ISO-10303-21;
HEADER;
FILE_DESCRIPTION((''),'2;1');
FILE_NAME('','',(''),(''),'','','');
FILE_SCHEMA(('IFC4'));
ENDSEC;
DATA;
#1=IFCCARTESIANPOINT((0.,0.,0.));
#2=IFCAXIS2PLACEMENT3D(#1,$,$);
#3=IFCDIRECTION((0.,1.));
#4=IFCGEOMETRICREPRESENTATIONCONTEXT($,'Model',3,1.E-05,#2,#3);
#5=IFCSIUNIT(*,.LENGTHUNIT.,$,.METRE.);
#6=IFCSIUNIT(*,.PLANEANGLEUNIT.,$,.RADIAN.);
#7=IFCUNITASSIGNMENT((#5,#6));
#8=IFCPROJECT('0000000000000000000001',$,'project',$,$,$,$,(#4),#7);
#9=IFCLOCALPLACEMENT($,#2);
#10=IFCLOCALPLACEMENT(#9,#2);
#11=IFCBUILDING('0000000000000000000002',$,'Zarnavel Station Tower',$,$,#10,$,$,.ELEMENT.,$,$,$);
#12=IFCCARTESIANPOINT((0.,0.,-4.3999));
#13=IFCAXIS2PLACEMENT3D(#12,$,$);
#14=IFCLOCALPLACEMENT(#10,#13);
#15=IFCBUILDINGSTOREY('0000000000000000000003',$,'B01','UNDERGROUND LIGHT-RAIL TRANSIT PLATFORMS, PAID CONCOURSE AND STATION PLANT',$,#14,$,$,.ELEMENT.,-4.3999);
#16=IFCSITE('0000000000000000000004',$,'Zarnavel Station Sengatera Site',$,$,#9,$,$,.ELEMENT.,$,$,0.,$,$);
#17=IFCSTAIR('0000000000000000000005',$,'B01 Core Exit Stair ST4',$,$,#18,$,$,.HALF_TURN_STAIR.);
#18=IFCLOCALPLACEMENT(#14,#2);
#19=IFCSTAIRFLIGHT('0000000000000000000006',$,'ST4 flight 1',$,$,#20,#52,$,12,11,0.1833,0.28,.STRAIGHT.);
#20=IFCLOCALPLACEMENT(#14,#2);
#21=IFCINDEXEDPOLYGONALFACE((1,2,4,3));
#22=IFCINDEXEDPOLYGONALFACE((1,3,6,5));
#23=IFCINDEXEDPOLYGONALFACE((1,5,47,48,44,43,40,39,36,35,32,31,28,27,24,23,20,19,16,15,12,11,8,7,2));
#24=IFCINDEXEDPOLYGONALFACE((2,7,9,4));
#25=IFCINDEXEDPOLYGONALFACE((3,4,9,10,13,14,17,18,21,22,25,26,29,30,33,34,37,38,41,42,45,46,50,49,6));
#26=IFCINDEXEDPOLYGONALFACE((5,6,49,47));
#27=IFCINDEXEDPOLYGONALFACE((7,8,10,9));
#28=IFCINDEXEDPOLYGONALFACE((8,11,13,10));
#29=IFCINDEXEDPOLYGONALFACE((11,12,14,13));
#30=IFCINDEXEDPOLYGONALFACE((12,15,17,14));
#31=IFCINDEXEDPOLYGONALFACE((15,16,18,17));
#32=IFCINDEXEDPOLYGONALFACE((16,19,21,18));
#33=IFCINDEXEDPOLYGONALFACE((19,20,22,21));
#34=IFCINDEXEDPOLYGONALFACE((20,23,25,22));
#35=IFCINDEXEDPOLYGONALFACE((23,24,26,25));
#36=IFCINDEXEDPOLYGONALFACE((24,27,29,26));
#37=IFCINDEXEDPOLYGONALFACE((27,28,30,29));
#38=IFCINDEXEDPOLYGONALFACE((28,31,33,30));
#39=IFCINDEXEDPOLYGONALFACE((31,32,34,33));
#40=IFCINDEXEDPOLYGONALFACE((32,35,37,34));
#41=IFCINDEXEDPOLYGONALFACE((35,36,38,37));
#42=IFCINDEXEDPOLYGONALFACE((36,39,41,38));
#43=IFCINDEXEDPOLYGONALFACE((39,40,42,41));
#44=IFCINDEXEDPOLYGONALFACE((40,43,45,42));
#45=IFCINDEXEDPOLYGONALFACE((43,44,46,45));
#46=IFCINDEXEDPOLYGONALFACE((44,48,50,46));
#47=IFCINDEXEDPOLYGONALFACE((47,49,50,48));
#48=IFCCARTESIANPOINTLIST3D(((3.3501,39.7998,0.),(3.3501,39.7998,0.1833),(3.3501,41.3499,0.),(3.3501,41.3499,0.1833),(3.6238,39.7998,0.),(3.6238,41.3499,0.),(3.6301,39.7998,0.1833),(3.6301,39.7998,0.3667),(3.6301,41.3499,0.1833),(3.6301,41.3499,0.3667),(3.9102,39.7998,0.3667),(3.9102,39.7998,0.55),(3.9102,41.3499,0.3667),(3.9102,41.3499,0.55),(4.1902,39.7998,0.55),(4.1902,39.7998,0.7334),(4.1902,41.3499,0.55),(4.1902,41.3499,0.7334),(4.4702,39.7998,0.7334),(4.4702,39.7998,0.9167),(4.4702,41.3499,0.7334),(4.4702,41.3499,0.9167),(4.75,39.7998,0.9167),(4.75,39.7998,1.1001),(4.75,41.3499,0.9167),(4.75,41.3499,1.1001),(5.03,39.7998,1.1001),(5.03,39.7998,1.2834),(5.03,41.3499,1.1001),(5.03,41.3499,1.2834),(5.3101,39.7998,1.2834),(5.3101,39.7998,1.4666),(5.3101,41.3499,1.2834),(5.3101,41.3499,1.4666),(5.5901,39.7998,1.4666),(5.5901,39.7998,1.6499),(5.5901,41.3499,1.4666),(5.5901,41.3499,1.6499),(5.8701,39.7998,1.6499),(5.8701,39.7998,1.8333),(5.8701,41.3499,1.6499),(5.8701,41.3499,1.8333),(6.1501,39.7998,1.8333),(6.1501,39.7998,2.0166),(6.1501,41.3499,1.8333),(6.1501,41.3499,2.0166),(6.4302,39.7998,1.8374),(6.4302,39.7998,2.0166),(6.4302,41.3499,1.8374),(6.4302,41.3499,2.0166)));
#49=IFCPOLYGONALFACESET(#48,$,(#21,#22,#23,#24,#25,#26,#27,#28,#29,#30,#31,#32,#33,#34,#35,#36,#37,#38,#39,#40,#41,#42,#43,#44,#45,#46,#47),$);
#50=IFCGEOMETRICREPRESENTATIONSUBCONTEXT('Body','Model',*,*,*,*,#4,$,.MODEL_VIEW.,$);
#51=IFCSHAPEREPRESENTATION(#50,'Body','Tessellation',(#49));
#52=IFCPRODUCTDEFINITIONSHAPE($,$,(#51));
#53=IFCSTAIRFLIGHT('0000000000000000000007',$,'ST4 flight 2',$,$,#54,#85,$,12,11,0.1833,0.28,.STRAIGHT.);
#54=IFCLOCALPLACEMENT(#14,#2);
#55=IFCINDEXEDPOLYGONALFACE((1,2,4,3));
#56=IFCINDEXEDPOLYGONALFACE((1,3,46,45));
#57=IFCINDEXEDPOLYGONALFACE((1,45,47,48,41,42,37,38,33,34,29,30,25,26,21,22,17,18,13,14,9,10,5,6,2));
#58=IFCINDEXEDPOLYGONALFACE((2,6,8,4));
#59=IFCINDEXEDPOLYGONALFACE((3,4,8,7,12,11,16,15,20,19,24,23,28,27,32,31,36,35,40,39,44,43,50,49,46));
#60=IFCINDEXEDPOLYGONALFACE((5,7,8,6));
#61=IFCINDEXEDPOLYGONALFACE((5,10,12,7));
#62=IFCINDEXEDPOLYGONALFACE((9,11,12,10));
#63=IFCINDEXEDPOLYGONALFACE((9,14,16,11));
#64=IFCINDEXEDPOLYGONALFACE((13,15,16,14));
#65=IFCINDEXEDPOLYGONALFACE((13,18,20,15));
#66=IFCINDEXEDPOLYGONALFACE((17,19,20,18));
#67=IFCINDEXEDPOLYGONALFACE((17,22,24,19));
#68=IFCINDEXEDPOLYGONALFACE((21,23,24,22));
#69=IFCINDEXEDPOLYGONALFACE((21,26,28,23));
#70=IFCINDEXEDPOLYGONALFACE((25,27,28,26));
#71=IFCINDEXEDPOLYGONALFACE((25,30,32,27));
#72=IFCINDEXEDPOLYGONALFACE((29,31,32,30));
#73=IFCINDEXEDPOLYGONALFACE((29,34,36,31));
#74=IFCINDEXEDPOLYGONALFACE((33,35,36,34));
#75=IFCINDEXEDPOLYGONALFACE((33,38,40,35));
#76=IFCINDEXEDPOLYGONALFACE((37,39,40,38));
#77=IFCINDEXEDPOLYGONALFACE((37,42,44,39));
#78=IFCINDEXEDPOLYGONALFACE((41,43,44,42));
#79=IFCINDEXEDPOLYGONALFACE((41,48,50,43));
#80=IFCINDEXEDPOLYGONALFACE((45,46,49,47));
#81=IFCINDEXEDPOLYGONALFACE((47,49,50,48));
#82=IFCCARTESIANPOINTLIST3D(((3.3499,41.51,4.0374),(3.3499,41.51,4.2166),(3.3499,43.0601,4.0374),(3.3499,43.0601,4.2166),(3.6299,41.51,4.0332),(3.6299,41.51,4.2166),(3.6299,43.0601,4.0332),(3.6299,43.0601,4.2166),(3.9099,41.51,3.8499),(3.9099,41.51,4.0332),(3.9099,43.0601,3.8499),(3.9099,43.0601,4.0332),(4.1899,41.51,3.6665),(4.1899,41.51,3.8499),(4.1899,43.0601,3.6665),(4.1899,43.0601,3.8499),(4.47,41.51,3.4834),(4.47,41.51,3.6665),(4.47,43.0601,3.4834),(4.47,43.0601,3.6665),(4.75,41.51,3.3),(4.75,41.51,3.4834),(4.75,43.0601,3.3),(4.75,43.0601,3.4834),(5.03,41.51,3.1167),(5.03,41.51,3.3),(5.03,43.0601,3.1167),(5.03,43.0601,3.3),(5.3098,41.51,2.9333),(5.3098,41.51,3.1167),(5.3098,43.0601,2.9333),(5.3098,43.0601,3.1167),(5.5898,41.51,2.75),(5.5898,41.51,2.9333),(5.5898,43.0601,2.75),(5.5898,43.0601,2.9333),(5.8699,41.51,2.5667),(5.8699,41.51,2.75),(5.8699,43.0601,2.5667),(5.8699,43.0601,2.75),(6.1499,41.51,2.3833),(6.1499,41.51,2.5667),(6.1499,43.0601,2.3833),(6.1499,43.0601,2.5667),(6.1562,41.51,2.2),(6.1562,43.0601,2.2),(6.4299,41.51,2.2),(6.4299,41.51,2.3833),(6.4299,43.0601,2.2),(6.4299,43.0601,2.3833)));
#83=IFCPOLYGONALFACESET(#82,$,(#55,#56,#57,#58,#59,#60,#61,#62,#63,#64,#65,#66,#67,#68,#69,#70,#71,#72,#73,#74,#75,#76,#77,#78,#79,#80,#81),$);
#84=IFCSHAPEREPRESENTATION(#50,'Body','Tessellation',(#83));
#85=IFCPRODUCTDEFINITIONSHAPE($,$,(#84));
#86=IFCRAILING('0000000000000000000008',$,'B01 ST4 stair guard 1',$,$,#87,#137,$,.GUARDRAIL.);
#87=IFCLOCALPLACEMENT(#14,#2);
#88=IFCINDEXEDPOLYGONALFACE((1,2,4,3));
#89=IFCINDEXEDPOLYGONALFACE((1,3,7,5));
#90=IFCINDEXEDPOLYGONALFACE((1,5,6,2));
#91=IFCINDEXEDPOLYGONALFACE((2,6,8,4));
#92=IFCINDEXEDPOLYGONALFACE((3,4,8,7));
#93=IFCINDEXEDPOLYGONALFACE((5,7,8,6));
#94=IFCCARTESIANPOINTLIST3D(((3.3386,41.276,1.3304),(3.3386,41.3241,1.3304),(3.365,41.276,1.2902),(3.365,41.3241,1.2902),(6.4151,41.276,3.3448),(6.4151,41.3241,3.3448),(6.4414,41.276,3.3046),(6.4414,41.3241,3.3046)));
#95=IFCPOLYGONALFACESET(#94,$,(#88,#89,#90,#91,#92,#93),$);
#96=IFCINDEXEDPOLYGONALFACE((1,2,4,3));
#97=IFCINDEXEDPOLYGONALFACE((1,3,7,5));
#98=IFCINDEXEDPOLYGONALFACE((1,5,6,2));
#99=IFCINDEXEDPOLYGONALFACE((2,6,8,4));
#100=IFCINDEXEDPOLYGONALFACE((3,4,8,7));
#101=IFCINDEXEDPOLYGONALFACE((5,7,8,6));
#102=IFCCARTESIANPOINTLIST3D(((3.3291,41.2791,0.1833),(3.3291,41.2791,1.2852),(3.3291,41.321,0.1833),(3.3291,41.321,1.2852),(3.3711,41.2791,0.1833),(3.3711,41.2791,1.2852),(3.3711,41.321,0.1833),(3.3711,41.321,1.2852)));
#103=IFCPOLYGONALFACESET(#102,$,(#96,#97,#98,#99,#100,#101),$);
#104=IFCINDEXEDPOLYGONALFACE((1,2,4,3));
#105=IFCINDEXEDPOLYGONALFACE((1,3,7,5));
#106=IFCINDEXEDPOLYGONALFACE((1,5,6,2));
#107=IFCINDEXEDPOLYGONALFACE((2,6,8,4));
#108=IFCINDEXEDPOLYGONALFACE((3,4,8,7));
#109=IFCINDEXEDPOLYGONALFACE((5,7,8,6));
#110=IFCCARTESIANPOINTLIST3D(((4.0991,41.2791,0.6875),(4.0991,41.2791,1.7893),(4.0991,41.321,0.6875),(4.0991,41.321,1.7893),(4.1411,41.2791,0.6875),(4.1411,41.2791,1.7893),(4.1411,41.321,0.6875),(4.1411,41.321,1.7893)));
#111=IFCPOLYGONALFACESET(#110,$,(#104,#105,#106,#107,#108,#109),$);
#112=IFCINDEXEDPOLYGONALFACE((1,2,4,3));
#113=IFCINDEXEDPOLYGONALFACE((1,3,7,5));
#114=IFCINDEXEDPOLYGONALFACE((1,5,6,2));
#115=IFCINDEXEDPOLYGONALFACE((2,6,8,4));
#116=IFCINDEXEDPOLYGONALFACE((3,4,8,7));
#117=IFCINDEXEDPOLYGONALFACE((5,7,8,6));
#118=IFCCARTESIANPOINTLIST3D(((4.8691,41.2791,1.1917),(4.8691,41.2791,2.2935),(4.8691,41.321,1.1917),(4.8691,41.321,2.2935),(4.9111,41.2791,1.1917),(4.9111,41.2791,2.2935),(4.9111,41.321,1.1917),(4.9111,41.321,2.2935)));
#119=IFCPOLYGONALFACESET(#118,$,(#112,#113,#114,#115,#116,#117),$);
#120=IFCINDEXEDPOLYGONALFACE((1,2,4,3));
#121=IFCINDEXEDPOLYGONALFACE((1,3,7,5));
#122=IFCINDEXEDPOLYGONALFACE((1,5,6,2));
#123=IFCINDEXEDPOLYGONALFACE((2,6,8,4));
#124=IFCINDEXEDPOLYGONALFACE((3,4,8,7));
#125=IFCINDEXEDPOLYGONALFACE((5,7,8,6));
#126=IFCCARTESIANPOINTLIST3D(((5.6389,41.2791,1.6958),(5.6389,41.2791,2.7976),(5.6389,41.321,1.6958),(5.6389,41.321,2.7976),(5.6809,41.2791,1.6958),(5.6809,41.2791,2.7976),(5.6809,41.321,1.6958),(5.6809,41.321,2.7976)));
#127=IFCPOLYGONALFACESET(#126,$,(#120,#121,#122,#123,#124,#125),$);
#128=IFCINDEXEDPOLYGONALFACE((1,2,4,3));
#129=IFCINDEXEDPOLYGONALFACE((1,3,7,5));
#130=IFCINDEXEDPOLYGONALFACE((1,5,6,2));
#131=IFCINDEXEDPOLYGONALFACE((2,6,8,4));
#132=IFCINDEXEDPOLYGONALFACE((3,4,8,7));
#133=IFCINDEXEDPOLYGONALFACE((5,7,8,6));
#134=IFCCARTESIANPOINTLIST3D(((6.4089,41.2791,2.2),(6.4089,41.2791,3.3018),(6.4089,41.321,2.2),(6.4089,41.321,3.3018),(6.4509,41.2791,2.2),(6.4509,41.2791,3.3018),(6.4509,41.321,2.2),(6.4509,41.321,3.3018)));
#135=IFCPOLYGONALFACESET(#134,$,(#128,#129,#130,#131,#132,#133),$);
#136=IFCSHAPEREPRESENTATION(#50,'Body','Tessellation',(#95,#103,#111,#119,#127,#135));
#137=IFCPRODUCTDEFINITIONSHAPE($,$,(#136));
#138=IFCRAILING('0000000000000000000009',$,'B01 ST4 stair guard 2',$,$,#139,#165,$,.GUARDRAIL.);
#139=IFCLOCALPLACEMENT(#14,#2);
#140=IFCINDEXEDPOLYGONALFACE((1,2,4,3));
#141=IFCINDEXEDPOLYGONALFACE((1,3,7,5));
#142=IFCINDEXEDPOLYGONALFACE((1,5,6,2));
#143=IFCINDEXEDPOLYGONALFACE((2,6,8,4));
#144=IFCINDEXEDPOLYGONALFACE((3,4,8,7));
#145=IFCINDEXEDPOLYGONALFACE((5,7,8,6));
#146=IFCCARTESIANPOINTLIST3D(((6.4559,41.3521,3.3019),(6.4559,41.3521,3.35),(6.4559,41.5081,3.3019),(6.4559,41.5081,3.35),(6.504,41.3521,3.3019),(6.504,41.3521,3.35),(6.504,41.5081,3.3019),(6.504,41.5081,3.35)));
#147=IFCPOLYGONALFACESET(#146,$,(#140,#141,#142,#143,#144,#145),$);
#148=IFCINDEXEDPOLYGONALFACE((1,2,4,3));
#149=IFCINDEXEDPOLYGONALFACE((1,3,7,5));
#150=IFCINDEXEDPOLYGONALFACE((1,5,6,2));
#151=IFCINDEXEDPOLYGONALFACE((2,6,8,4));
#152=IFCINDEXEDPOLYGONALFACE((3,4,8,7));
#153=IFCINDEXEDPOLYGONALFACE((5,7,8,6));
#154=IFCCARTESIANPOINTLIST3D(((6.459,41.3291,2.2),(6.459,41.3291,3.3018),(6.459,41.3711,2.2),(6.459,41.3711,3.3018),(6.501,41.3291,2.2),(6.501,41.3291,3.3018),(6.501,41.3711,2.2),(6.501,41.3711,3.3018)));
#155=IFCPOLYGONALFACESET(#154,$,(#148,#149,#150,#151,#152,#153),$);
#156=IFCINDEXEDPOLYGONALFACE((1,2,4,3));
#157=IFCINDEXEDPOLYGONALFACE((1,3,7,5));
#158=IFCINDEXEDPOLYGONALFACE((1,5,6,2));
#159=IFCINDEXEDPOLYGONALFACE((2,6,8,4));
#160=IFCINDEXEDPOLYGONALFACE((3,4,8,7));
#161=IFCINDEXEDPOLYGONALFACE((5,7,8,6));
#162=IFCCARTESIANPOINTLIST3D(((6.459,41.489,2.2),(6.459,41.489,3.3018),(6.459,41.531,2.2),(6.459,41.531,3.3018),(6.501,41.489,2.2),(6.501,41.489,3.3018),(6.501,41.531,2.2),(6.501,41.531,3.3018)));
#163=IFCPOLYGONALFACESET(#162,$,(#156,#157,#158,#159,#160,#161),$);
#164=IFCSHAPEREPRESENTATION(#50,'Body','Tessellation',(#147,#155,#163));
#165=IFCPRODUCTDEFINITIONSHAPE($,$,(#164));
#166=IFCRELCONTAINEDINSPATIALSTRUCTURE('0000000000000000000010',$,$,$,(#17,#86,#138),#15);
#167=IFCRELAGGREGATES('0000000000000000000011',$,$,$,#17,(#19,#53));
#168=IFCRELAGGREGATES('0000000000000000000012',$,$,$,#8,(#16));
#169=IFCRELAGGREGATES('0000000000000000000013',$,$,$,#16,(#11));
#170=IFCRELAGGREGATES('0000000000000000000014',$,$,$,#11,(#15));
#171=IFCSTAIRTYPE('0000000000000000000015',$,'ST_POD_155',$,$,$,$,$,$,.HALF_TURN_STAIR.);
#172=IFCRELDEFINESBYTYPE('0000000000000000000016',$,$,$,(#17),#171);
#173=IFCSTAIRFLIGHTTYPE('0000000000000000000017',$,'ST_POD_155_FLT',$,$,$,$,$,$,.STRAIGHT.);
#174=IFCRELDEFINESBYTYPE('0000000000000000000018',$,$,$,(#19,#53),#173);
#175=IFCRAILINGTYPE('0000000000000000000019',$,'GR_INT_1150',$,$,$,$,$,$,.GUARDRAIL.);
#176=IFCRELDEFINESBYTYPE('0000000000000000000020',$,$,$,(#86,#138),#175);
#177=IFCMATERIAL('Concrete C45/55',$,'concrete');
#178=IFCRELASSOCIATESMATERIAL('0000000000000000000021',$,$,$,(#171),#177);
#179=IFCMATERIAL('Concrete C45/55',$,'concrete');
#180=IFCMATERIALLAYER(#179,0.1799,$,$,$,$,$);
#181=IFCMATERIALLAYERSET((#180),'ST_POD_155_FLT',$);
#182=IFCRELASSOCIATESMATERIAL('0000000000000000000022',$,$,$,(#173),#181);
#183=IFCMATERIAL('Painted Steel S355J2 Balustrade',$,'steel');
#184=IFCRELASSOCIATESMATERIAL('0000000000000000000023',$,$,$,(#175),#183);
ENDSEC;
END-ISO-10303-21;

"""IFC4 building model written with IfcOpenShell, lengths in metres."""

from ifc_helpers import new_model, si_unit, direction, frame, origin, origin_2d, place, context, subcontext, project, spatial, polyline, rectangle, outline, extrude, material, layer, layer_set, type_object, element, aggregate, save


model = new_model("IFC4")

# Units and contexts
model_context = context("Model", 3, precision=1e-05, world=origin(), true_north=direction((0.0, 1.0)))
body_context = subcontext(model_context, "Body", "Model", "MODEL_VIEW")
ifc_project = project(units=[si_unit("LENGTHUNIT", "METRE"), si_unit("PLANEANGLEUNIT", "RADIAN")], contexts=[model_context])

# Site, building, storey
site_placement = place(None, origin())
site = spatial("IfcSite", under=ifc_project, at=site_placement, Name="Zarnavel Station Sengatera Site", CompositionType="ELEMENT", RefElevation=0.0)
building_placement = place(site_placement, origin())
building = spatial("IfcBuilding", under=site, at=building_placement, Name="Zarnavel Station Tower", CompositionType="ELEMENT")
storey_placement = place(building_placement, frame((0.0, 0.0, -4.3999)))
storey = spatial("IfcBuildingStorey", under=building, at=storey_placement, Name="B01", Description="UNDERGROUND LIGHT-RAIL TRANSIT PLATFORMS, PAID CONCOURSE AND STATION PLANT", CompositionType="ELEMENT", Elevation=-4.3999)

# Stair, stair flights
ifc_material_1 = material(Name="Concrete C45/55", Category="concrete")
stair_type = type_object("IfcStairType", Name="ST_POD_155", PredefinedType="HALF_TURN_STAIR", material=ifc_material_1)
stair_placement = place(storey_placement, origin())
stair = element("IfcStair", 1, at=stair_placement, inside=storey, type_object=stair_type, Name="B01 Core Exit Stair ST4", PredefinedType="HALF_TURN_STAIR")
ifc_material_2 = material(Name="Concrete C45/55", Category="concrete")
ifc_layer_1 = layer(ifc_material_2, 0.1799)
ifc_layer_set_1 = layer_set([ifc_layer_1], Name="ST_POD_155_FLT")
stair_flight_type = type_object("IfcStairFlightType", Name="ST_POD_155_FLT", PredefinedType="STRAIGHT", material=ifc_layer_set_1)
stair_flight_1_placement = place(storey_placement, frame((3.3501, 40.575, 0.0), z_axis=(0.0, 0.0, 1.0), x_axis=(1.0, 0.0, 0.0)))
stair_flight_1 = element("IfcStairFlight", 2, at=stair_flight_1_placement, type_object=stair_flight_type, Name="ST4 flight 1", NumberOfRisers=12, NumberOfTreads=11, PredefinedType="STRAIGHT", RiserHeight=0.1833, TreadLength=0.28, context=body_context, shape_type="SweptSolid", body=[
    extrude(outline(polyline([(0.0, 0.0), (0.0, 0.1833), (0.28, 0.1833), (0.28, 0.3667), (0.5601, 0.3667), (0.5601, 0.55), (0.8401, 0.55), (0.8401, 0.7334), (1.1201, 0.7334), (1.1201, 0.9167), (1.3999, 0.9167), (1.3999, 1.1001), (1.6799, 1.1001), (1.6799, 1.2834), (1.96, 1.2834), (1.96, 1.4666), (2.24, 1.4666), (2.24, 1.6499), (2.52, 1.6499), (2.52, 1.8333), (2.8, 1.8333), (2.8, 2.0166), (3.0801, 2.0166), (3.0801, 2.2), (3.0801, 1.8374), (0.2737, 0.0), (0.0, 0.0)])), frame((0.0, 0.7749, 0.0), z_axis=(0.0, -1.0, 0.0), x_axis=(1.0, 0.0, 0.0)), (0.0, 0.0, 1.0), 1.55),
])
stair_flight_2_placement = place(storey_placement, frame((6.4299, 42.2849, 2.2), z_axis=(0.0, 0.0, 1.0), x_axis=(-1.0, 0.0, 0.0)))
stair_flight_2 = element("IfcStairFlight", 3, at=stair_flight_2_placement, type_object=stair_flight_type, Name="ST4 flight 2", NumberOfRisers=12, NumberOfTreads=11, PredefinedType="STRAIGHT", RiserHeight=0.1833, TreadLength=0.28, context=body_context, shape_type="SweptSolid", body=[
    extrude(outline(polyline([(0.0, 0.0), (0.0, 0.1833), (0.28, 0.1833), (0.28, 0.3667), (0.5601, 0.3667), (0.5601, 0.55), (0.8401, 0.55), (0.8401, 0.7334), (1.1201, 0.7334), (1.1201, 0.9167), (1.3999, 0.9167), (1.3999, 1.1001), (1.6799, 1.1001), (1.6799, 1.2834), (1.96, 1.2834), (1.96, 1.4666), (2.24, 1.4666), (2.24, 1.6499), (2.52, 1.6499), (2.52, 1.8333), (2.8, 1.8333), (2.8, 2.0166), (3.0801, 2.0166), (3.0801, 2.2), (3.0801, 1.8374), (0.2737, 0.0), (0.0, 0.0)])), frame((0.0, 0.7749, 0.0), z_axis=(0.0, -1.0, 0.0), x_axis=(1.0, 0.0, 0.0)), (0.0, 0.0, 1.0), 1.55),
])
aggregate(stair, [stair_flight_1, stair_flight_2])

# Railings
ifc_material_3 = material(Name="Painted Steel S355J2 Balustrade", Category="steel")
railing_type_1 = type_object("IfcRailingType", Name="GR_INT_1150", PredefinedType="GUARDRAIL", material=ifc_material_3)
railing_1_placement = place(storey_placement, frame((3.3501, 41.3, 0.1833)))
element("IfcRailing", 4, at=railing_1_placement, inside=storey, type_object=railing_type_1, Name="B01 ST4 stair guard 1", PredefinedType="GUARDRAIL", context=body_context, shape_type="SweptSolid", body=[
    extrude(rectangle(XDim=0.0481, YDim=0.0481, at=origin_2d()), frame((0.0017, 0.0, 1.127), z_axis=(0.836613, 0.0, 0.547794), x_axis=(0.0, 1.0, 0.0)), (0.0, 0.0, 1.0), 3.6772),
    extrude(rectangle(XDim=0.042, YDim=0.042, at=origin_2d()), origin(), (0.0, 0.0, 1.0), 1.1018),
    extrude(rectangle(XDim=0.042, YDim=0.042, at=origin_2d()), frame((0.77, 0.0, 0.5042)), (0.0, 0.0, 1.0), 1.1018),
    extrude(rectangle(XDim=0.042, YDim=0.042, at=origin_2d()), frame((1.54, 0.0, 1.0083)), (0.0, 0.0, 1.0), 1.1018),
    extrude(rectangle(XDim=0.042, YDim=0.042, at=origin_2d()), frame((2.3098, 0.0, 1.5125)), (0.0, 0.0, 1.0), 1.1018),
    extrude(rectangle(XDim=0.042, YDim=0.042, at=origin_2d()), frame((3.0798, 0.0, 2.0166)), (0.0, 0.0, 1.0), 1.1018),
])
railing_2_placement = place(storey_placement, frame((6.48, 41.3501, 2.2)))
element("IfcRailing", 5, at=railing_2_placement, inside=storey, type_object=railing_type_1, Name="B01 ST4 stair guard 2", PredefinedType="GUARDRAIL", context=body_context, shape_type="SweptSolid", body=[
    extrude(rectangle(XDim=0.0481, YDim=0.0481, at=origin_2d()), frame((0.0, 0.002, 1.126), z_axis=(0.0, 1.0, 0.0), x_axis=(-1.0, 0.0, 0.0)), (0.0, 0.0, 1.0), 0.156),
    extrude(rectangle(XDim=0.042, YDim=0.042, at=origin_2d()), origin(), (0.0, 0.0, 1.0), 1.1018),
    extrude(rectangle(XDim=0.042, YDim=0.042, at=origin_2d()), frame((0.0, 0.1599, 0.0)), (0.0, 0.0, 1.0), 1.1018),
])

save(model, "model.ifc")
